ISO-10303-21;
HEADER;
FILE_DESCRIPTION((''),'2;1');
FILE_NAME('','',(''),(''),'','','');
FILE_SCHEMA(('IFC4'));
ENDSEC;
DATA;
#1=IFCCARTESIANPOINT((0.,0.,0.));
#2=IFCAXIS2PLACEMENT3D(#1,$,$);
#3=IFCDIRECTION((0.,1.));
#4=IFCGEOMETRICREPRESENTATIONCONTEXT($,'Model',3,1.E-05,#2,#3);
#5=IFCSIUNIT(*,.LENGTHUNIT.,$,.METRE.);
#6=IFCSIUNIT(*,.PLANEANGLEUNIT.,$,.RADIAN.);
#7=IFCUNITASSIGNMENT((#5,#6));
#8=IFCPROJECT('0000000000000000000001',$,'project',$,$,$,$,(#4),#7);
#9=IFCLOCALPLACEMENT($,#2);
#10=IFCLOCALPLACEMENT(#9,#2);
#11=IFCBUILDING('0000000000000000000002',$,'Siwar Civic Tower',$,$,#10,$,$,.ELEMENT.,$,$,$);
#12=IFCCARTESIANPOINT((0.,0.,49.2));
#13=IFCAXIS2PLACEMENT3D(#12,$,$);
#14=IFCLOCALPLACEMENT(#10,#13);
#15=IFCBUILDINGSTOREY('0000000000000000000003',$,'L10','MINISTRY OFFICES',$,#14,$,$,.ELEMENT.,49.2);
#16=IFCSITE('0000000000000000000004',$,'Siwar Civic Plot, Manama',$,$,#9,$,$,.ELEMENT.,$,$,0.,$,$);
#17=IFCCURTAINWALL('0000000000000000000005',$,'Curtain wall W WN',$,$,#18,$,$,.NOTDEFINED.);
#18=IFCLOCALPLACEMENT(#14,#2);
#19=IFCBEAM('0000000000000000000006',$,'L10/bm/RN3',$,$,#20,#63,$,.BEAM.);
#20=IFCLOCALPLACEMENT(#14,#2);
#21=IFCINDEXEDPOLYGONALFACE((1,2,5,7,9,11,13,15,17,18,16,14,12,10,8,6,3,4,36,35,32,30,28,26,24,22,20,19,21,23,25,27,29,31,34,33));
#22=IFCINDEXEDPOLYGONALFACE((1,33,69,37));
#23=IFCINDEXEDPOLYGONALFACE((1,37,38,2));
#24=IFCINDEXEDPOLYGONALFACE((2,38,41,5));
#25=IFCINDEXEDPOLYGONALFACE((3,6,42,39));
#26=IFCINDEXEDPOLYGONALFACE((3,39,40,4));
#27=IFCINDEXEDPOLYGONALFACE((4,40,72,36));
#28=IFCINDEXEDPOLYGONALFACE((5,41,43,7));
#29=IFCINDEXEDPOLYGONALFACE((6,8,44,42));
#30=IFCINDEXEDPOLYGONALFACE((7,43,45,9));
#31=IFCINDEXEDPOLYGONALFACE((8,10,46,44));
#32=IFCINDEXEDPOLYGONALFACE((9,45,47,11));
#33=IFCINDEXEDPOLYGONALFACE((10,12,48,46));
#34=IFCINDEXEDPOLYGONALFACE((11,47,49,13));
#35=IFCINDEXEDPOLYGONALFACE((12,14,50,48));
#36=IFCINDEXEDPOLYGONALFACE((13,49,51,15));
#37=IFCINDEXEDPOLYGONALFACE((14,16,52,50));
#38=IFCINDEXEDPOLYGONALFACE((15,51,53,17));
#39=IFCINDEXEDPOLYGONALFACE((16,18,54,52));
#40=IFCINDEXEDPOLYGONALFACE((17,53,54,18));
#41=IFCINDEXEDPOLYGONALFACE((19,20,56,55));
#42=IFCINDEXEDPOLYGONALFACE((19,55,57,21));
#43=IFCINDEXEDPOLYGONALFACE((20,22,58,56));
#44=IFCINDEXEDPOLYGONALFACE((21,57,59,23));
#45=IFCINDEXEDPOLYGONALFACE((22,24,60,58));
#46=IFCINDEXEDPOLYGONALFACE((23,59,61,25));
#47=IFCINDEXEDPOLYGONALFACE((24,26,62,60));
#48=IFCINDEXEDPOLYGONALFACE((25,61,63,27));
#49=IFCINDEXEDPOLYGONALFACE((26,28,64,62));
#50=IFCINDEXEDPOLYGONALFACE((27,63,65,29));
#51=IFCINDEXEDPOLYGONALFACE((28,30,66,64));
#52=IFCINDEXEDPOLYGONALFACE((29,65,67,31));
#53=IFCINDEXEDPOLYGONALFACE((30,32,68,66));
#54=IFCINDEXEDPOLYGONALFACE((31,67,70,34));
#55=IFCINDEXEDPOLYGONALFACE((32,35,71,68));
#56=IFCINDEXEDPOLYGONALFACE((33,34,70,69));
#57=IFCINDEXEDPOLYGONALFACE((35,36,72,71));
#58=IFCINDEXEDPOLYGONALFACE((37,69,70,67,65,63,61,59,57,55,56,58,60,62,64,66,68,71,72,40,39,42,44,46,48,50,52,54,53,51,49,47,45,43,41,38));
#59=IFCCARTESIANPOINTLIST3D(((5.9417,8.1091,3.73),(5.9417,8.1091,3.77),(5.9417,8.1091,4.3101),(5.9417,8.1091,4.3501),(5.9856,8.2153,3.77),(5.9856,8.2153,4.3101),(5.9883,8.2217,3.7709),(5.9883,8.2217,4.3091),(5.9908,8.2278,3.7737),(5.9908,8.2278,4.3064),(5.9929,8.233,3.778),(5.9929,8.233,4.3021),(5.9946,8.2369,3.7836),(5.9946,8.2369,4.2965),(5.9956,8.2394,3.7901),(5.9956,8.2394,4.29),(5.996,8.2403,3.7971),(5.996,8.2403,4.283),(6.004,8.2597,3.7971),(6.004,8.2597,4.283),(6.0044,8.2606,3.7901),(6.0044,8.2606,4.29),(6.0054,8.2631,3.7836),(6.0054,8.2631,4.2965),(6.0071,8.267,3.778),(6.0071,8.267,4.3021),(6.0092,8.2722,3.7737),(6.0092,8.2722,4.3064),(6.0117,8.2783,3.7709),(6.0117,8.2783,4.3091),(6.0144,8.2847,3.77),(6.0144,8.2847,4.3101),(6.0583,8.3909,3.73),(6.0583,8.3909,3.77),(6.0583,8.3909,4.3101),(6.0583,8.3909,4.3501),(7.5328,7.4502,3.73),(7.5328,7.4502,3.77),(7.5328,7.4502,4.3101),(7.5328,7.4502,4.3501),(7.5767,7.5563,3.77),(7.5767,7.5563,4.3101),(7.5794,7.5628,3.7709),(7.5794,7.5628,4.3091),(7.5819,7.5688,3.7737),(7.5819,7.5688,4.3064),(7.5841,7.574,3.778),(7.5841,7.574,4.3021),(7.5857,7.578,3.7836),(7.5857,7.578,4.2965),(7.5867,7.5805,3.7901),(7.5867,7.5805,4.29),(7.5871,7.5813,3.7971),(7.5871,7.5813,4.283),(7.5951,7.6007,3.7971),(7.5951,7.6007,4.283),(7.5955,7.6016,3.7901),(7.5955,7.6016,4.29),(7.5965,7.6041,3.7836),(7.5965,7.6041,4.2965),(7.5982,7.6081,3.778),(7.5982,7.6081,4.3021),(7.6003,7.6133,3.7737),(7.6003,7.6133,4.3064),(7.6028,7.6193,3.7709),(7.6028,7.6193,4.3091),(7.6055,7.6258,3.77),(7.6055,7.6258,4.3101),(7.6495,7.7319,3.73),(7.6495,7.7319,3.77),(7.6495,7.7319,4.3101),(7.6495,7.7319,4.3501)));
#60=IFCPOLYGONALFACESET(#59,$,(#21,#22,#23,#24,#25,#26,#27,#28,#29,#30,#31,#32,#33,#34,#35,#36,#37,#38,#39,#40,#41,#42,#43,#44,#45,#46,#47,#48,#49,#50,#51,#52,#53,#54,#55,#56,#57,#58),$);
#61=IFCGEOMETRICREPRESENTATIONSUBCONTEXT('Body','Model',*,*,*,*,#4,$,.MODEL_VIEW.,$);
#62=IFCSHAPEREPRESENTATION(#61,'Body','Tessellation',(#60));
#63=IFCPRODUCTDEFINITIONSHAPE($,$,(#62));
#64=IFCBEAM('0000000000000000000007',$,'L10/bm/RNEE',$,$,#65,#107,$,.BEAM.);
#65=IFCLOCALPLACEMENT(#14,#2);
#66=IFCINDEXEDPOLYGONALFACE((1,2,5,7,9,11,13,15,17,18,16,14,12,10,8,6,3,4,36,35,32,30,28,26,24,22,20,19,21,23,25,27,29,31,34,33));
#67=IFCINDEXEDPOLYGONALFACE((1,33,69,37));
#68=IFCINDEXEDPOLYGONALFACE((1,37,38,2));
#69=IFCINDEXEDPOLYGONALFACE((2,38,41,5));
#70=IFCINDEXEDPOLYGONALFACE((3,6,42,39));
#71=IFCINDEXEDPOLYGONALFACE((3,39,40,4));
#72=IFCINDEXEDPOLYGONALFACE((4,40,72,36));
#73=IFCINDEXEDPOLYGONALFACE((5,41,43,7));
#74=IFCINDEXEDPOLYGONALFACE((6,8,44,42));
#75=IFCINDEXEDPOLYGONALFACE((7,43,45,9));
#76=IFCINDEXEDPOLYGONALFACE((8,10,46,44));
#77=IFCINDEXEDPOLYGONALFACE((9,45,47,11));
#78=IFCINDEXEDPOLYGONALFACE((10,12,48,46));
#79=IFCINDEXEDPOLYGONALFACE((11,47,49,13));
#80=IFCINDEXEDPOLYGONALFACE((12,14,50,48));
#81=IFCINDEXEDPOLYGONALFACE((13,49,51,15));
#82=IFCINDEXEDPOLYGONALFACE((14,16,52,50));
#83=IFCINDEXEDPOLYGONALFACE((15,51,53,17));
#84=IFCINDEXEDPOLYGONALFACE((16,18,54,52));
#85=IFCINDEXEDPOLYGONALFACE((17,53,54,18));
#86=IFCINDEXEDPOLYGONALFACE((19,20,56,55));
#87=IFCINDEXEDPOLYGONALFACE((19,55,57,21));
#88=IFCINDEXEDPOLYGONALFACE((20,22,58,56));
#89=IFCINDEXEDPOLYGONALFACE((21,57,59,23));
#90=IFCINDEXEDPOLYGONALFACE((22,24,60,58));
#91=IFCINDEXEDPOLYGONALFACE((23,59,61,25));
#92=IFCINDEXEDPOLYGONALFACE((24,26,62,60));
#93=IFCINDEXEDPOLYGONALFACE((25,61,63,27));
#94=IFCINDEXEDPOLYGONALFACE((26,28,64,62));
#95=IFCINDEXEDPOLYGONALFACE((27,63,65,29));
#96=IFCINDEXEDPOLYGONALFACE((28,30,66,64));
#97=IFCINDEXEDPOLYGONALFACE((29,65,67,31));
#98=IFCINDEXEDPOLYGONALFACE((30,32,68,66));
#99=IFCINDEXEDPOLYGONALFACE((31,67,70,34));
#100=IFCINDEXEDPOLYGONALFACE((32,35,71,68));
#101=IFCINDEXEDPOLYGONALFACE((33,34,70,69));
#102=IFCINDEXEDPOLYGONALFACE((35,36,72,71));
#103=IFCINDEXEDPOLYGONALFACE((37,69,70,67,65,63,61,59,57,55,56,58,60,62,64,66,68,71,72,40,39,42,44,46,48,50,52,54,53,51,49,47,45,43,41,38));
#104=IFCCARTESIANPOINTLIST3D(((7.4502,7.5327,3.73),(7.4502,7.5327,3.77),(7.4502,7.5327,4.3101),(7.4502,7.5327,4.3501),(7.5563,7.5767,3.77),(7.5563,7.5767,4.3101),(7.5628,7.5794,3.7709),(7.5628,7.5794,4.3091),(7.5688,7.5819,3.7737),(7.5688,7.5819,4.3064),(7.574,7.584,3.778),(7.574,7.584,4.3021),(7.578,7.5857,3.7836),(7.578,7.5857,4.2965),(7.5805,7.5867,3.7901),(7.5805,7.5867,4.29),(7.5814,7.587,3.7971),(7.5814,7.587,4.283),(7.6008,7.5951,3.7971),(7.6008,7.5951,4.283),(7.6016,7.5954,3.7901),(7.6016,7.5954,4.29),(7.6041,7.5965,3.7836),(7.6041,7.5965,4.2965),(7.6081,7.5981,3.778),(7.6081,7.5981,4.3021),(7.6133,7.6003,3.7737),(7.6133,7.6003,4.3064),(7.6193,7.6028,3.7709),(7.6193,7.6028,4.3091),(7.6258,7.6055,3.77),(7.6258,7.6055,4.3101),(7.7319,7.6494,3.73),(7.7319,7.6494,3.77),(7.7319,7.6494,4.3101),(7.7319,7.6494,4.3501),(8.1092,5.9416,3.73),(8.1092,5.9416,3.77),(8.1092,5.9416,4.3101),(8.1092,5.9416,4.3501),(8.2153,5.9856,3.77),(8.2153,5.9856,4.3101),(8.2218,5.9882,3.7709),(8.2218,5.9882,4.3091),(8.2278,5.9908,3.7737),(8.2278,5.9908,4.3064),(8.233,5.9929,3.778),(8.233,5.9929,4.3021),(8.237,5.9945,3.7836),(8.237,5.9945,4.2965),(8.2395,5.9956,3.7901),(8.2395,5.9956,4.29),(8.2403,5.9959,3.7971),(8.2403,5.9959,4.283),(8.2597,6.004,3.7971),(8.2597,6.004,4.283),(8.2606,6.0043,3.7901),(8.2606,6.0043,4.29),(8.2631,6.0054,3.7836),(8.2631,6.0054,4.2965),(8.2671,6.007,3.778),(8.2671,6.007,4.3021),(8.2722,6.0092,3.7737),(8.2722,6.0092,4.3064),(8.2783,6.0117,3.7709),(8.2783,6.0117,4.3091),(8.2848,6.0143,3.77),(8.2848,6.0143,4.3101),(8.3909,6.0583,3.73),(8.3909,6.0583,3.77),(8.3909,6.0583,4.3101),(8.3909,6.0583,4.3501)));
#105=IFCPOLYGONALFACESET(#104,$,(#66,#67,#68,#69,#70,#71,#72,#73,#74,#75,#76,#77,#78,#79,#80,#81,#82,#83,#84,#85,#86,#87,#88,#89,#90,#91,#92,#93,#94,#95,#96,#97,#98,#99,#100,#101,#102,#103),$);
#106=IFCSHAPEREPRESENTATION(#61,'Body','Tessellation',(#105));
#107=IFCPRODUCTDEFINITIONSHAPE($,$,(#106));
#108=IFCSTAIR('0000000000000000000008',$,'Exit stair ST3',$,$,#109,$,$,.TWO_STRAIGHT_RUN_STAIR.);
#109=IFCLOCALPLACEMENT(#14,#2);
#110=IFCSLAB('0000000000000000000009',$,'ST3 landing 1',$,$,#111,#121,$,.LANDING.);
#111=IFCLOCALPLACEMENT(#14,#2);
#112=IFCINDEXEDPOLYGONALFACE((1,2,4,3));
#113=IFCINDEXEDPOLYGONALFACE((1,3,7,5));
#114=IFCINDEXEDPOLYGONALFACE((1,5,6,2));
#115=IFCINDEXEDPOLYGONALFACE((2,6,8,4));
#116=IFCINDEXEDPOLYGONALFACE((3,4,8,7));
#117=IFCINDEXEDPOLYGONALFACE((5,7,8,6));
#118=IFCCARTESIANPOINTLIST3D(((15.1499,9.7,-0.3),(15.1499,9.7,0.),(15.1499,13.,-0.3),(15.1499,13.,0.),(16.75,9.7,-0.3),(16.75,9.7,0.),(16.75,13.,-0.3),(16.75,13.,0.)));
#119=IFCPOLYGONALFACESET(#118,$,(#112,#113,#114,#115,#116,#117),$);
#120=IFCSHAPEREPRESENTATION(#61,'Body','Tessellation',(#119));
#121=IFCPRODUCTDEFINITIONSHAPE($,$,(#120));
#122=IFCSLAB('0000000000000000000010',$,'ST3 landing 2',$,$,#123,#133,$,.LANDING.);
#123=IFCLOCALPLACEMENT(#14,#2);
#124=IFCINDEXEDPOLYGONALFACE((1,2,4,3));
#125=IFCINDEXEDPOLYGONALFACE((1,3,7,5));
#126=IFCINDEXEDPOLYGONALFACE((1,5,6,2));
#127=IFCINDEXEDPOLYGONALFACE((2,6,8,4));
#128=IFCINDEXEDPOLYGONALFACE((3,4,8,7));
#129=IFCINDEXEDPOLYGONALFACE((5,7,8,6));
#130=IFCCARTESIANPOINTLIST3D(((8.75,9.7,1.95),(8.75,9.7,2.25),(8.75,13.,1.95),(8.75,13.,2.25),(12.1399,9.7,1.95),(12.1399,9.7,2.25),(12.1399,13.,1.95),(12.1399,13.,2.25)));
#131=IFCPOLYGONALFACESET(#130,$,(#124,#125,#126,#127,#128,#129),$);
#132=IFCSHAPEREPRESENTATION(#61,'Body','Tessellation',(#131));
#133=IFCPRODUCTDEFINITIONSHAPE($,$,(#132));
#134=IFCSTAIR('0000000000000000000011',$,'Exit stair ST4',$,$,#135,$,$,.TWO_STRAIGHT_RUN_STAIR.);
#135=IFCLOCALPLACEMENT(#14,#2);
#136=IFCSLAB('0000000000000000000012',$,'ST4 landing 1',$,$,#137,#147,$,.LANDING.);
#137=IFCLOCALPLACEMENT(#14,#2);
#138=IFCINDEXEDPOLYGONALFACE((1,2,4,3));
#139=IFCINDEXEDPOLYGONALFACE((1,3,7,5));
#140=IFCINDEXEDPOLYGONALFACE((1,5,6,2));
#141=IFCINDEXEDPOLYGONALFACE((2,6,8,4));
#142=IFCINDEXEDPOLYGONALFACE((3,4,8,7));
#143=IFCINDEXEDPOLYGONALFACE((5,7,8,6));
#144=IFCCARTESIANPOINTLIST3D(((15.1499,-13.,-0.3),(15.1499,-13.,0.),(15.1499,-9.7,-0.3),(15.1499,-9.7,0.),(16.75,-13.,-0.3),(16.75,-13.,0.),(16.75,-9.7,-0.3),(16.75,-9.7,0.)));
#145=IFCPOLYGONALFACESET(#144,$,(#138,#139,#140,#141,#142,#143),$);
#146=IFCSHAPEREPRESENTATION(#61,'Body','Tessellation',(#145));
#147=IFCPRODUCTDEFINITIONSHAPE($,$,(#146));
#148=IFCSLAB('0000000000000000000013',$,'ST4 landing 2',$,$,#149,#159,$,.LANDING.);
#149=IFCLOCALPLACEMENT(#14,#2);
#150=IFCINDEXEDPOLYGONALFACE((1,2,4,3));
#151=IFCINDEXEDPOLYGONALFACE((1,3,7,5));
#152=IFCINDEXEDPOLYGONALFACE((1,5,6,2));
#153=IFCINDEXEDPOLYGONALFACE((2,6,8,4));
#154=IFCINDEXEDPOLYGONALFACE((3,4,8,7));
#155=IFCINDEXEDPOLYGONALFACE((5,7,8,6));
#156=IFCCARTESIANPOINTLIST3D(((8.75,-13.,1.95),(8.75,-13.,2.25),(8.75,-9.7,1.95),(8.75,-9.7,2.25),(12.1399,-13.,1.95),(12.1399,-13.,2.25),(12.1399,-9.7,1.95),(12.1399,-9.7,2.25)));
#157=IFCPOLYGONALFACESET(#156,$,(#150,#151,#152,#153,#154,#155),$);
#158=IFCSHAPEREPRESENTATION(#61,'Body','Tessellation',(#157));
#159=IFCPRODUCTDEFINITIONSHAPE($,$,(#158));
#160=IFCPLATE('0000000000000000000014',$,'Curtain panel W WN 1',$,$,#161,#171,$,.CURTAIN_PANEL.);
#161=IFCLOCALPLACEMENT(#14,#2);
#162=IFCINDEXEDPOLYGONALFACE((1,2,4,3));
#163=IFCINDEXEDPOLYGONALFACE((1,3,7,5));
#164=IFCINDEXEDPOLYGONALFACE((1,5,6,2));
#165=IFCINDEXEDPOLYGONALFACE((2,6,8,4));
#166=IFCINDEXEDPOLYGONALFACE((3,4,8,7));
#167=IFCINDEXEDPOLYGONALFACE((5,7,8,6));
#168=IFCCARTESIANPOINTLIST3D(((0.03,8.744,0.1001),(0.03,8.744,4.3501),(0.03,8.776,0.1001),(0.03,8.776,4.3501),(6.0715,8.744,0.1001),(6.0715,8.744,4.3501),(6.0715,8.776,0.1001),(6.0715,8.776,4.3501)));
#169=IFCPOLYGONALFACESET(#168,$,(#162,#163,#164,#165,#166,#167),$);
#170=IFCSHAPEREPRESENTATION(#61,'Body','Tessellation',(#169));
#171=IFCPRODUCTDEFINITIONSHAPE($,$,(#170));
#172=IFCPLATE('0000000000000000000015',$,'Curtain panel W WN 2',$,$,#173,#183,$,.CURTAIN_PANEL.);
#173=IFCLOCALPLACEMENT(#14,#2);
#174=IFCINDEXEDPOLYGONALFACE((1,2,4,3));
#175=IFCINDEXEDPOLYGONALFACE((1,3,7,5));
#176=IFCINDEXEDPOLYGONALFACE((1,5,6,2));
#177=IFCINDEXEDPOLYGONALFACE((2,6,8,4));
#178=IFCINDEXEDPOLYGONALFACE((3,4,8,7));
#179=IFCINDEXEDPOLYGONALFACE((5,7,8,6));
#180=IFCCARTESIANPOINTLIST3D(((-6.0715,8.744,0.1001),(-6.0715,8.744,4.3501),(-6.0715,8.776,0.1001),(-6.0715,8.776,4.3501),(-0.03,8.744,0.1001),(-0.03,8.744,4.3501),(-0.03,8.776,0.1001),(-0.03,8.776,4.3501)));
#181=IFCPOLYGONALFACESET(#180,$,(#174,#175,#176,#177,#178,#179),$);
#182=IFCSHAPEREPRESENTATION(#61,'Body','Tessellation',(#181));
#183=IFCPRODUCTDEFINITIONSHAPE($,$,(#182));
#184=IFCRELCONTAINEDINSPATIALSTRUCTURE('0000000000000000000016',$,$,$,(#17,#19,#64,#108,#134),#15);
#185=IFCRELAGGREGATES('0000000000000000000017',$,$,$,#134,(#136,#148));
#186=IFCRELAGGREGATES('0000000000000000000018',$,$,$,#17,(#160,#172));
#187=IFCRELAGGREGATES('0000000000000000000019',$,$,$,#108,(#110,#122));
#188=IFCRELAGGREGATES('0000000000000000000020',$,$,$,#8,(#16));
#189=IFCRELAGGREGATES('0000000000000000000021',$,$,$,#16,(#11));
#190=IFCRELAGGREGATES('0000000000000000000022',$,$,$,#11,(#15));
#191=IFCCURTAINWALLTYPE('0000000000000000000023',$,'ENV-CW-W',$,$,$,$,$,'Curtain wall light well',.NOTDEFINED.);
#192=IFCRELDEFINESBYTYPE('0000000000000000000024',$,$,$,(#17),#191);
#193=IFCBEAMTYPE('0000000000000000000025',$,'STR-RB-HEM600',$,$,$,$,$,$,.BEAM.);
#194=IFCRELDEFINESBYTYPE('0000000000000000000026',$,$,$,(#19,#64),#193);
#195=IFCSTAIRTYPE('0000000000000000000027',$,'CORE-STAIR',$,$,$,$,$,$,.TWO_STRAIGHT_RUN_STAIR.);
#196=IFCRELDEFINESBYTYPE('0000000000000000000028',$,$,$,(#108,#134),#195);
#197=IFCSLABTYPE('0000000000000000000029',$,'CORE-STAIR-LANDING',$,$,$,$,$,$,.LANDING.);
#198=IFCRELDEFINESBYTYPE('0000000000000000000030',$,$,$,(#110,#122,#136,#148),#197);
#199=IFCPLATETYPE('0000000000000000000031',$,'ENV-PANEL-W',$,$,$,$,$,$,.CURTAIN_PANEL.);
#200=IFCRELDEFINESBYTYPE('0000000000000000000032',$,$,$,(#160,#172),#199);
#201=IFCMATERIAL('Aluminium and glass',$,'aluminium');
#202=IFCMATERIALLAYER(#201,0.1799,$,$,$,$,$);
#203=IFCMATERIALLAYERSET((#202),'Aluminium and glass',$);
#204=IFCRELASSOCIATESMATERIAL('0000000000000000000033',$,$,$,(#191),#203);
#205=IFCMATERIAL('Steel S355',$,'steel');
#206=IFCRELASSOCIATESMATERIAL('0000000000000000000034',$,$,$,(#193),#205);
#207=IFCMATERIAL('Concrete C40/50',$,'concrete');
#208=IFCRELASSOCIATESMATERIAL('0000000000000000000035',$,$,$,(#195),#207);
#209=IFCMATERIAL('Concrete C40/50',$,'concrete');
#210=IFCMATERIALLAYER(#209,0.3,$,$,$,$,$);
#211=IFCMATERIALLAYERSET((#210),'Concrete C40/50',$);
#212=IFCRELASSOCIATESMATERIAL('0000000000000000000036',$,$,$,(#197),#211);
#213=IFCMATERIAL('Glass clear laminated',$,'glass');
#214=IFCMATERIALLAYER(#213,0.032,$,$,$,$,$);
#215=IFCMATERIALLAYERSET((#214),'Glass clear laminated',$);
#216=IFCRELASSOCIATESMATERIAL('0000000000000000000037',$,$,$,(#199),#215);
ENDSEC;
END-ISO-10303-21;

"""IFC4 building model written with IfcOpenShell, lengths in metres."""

from ifc_helpers import new_model, si_unit, direction, frame, origin, origin_2d, place, context, subcontext, project, spatial, polyline, rectangle, i_section, outline, extrude, material, layer, layer_set, material_profile, profile_set, type_object, element, aggregate, save


model = new_model("IFC4")

# Units and contexts
model_context = context("Model", 3, precision=1e-05, world=origin(), true_north=direction((0.0, 1.0)))
body_context = subcontext(model_context, "Body", "Model", "MODEL_VIEW")
ifc_project = project(units=[si_unit("LENGTHUNIT", "METRE"), si_unit("PLANEANGLEUNIT", "RADIAN")], contexts=[model_context])

# Site, building, storey
site_placement = place(None, origin())
site = spatial("IfcSite", under=ifc_project, at=site_placement, Name="Siwar Civic Plot, Manama", CompositionType="ELEMENT", RefElevation=0.0)
building_placement = place(site_placement, origin())
building = spatial("IfcBuilding", under=site, at=building_placement, Name="Siwar Civic Tower", CompositionType="ELEMENT")
storey_placement = place(building_placement, frame((0.0, 0.0, 49.2)))
storey = spatial("IfcBuildingStorey", under=building, at=storey_placement, Name="L10", Description="MINISTRY OFFICES", CompositionType="ELEMENT", Elevation=49.2)

# Curtain wall
ifc_material_1 = material(Name="Aluminium and glass", Category="aluminium")
ifc_layer_1 = layer(ifc_material_1, 0.1799)
ifc_layer_set_1 = layer_set([ifc_layer_1], Name="Aluminium and glass")
curtain_wall_type = type_object("IfcCurtainWallType", Name="ENV-CW-W", ElementType="Curtain wall light well", PredefinedType="NOTDEFINED", material=ifc_layer_set_1)
curtain_wall_placement = place(storey_placement, origin())
curtain_wall = element("IfcCurtainWall", 1, at=curtain_wall_placement, inside=storey, type_object=curtain_wall_type, Name="Curtain wall W WN", PredefinedType="NOTDEFINED")

# Beams
ifc_material_2 = material(Name="Steel S355", Category="steel")
ifc_material_profile_1 = material_profile(ifc_material_2, i_section(OverallWidth=0.3049, OverallDepth=0.6201, WebThickness=0.021, FlangeThickness=0.04, FilletRadius=0.0271, at=origin_2d()), Name="HEM600")
ifc_profile_set_1 = profile_set([ifc_material_profile_1], Name="Steel S355")
beam_type_1 = type_object("IfcBeamType", Name="STR-RB-HEM600", PredefinedType="BEAM", material=ifc_profile_set_1)
for number, where, z_axis, x_axis, name in (
    (2, (6.0, 8.25, 4.04), (0.923901, -0.382631, 0.0), (0.382631, 0.923901, 0.0), "L10/bm/RN3"),
    (3, (7.5911, 7.5911, 4.04), (0.382631, -0.923901, 0.0), (0.923901, 0.382631, 0.0), "L10/bm/RNEE"),
):
    element("IfcBeam", number, at=place(storey_placement, frame(where, z_axis=z_axis, x_axis=x_axis)), inside=storey, type_object=beam_type_1, Name=name, PredefinedType="BEAM", context=body_context, shape_type="SweptSolid", body=[
        extrude(i_section(OverallWidth=0.3049, OverallDepth=0.6201, WebThickness=0.021, FlangeThickness=0.04, FilletRadius=0.0271, at=origin_2d()), origin(), (0.0, 0.0, 1.0), 1.7222),
    ])

# Stairs, slabs
ifc_material_3 = material(Name="Concrete C40/50", Category="concrete")
stair_type = type_object("IfcStairType", Name="CORE-STAIR", PredefinedType="TWO_STRAIGHT_RUN_STAIR", material=ifc_material_3)
stair_1_placement = place(storey_placement, origin())
stair_1 = element("IfcStair", 4, at=stair_1_placement, inside=storey, type_object=stair_type, Name="Exit stair ST3", PredefinedType="TWO_STRAIGHT_RUN_STAIR")
ifc_material_4 = material(Name="Concrete C40/50", Category="concrete")
ifc_layer_2 = layer(ifc_material_4, 0.3)
ifc_layer_set_2 = layer_set([ifc_layer_2], Name="Concrete C40/50")
slab_type_1 = type_object("IfcSlabType", Name="CORE-STAIR-LANDING", PredefinedType="LANDING", material=ifc_layer_set_2)
slab_1_placement = place(storey_placement, frame((0.0, 0.0, -0.3)))
slab_1 = element("IfcSlab", 5, at=slab_1_placement, type_object=slab_type_1, Name="ST3 landing 1", PredefinedType="LANDING", context=body_context, shape_type="SweptSolid", body=[
    extrude(outline(polyline([(15.1499, 9.7), (16.75, 9.7), (16.75, 13.0), (15.1499, 13.0), (15.1499, 9.7)])), origin(), (0.0, 0.0, 1.0), 0.3),
])
slab_2_placement = place(storey_placement, frame((0.0, 0.0, 1.95)))
slab_2 = element("IfcSlab", 6, at=slab_2_placement, type_object=slab_type_1, Name="ST3 landing 2", PredefinedType="LANDING", context=body_context, shape_type="SweptSolid", body=[
    extrude(outline(polyline([(8.75, 9.7), (12.1399, 9.7), (12.1399, 13.0), (8.75, 13.0), (8.75, 9.7)])), origin(), (0.0, 0.0, 1.0), 0.3),
])
stair_2_placement = place(storey_placement, origin())
stair_2 = element("IfcStair", 7, at=stair_2_placement, inside=storey, type_object=stair_type, Name="Exit stair ST4", PredefinedType="TWO_STRAIGHT_RUN_STAIR")
slab_3_placement = place(storey_placement, frame((0.0, 0.0, -0.3)))
slab_3 = element("IfcSlab", 8, at=slab_3_placement, type_object=slab_type_1, Name="ST4 landing 1", PredefinedType="LANDING", context=body_context, shape_type="SweptSolid", body=[
    extrude(outline(polyline([(15.1499, -13.0), (16.75, -13.0), (16.75, -9.7), (15.1499, -9.7), (15.1499, -13.0)])), origin(), (0.0, 0.0, 1.0), 0.3),
])
slab_4_placement = place(storey_placement, frame((0.0, 0.0, 1.95)))
slab_4 = element("IfcSlab", 9, at=slab_4_placement, type_object=slab_type_1, Name="ST4 landing 2", PredefinedType="LANDING", context=body_context, shape_type="SweptSolid", body=[
    extrude(outline(polyline([(8.75, -13.0), (12.1399, -13.0), (12.1399, -9.7), (8.75, -9.7), (8.75, -13.0)])), origin(), (0.0, 0.0, 1.0), 0.3),
])
aggregate(stair_2, [slab_3, slab_4])

# Plates
ifc_material_5 = material(Name="Glass clear laminated", Category="glass")
ifc_layer_3 = layer(ifc_material_5, 0.032)
ifc_layer_set_3 = layer_set([ifc_layer_3], Name="Glass clear laminated")
plate_type = type_object("IfcPlateType", Name="ENV-PANEL-W", PredefinedType="CURTAIN_PANEL", material=ifc_layer_set_3)
plate_1_placement = place(storey_placement, frame((3.0508, 8.76, 0.1001), z_axis=(0.0, 0.0, 1.0), x_axis=(-1.0, 0.0, 0.0)))
plate_1 = element("IfcPlate", 10, at=plate_1_placement, type_object=plate_type, Name="Curtain panel W WN 1", PredefinedType="CURTAIN_PANEL", context=body_context, shape_type="SweptSolid", body=[
    extrude(rectangle(XDim=6.0415, YDim=0.032, at=origin_2d()), origin(), (0.0, 0.0, 1.0), 4.25),
])
plate_2_placement = place(storey_placement, frame((-3.0508, 8.76, 0.1001), z_axis=(0.0, 0.0, 1.0), x_axis=(-1.0, 0.0, 0.0)))
plate_2 = element("IfcPlate", 11, at=plate_2_placement, type_object=plate_type, Name="Curtain panel W WN 2", PredefinedType="CURTAIN_PANEL", context=body_context, shape_type="SweptSolid", body=[
    extrude(rectangle(XDim=6.0415, YDim=0.032, at=origin_2d()), origin(), (0.0, 0.0, 1.0), 4.25),
])
aggregate(curtain_wall, [plate_1, plate_2])

aggregate(stair_1, [slab_1, slab_2])

save(model, "model.ifc")
